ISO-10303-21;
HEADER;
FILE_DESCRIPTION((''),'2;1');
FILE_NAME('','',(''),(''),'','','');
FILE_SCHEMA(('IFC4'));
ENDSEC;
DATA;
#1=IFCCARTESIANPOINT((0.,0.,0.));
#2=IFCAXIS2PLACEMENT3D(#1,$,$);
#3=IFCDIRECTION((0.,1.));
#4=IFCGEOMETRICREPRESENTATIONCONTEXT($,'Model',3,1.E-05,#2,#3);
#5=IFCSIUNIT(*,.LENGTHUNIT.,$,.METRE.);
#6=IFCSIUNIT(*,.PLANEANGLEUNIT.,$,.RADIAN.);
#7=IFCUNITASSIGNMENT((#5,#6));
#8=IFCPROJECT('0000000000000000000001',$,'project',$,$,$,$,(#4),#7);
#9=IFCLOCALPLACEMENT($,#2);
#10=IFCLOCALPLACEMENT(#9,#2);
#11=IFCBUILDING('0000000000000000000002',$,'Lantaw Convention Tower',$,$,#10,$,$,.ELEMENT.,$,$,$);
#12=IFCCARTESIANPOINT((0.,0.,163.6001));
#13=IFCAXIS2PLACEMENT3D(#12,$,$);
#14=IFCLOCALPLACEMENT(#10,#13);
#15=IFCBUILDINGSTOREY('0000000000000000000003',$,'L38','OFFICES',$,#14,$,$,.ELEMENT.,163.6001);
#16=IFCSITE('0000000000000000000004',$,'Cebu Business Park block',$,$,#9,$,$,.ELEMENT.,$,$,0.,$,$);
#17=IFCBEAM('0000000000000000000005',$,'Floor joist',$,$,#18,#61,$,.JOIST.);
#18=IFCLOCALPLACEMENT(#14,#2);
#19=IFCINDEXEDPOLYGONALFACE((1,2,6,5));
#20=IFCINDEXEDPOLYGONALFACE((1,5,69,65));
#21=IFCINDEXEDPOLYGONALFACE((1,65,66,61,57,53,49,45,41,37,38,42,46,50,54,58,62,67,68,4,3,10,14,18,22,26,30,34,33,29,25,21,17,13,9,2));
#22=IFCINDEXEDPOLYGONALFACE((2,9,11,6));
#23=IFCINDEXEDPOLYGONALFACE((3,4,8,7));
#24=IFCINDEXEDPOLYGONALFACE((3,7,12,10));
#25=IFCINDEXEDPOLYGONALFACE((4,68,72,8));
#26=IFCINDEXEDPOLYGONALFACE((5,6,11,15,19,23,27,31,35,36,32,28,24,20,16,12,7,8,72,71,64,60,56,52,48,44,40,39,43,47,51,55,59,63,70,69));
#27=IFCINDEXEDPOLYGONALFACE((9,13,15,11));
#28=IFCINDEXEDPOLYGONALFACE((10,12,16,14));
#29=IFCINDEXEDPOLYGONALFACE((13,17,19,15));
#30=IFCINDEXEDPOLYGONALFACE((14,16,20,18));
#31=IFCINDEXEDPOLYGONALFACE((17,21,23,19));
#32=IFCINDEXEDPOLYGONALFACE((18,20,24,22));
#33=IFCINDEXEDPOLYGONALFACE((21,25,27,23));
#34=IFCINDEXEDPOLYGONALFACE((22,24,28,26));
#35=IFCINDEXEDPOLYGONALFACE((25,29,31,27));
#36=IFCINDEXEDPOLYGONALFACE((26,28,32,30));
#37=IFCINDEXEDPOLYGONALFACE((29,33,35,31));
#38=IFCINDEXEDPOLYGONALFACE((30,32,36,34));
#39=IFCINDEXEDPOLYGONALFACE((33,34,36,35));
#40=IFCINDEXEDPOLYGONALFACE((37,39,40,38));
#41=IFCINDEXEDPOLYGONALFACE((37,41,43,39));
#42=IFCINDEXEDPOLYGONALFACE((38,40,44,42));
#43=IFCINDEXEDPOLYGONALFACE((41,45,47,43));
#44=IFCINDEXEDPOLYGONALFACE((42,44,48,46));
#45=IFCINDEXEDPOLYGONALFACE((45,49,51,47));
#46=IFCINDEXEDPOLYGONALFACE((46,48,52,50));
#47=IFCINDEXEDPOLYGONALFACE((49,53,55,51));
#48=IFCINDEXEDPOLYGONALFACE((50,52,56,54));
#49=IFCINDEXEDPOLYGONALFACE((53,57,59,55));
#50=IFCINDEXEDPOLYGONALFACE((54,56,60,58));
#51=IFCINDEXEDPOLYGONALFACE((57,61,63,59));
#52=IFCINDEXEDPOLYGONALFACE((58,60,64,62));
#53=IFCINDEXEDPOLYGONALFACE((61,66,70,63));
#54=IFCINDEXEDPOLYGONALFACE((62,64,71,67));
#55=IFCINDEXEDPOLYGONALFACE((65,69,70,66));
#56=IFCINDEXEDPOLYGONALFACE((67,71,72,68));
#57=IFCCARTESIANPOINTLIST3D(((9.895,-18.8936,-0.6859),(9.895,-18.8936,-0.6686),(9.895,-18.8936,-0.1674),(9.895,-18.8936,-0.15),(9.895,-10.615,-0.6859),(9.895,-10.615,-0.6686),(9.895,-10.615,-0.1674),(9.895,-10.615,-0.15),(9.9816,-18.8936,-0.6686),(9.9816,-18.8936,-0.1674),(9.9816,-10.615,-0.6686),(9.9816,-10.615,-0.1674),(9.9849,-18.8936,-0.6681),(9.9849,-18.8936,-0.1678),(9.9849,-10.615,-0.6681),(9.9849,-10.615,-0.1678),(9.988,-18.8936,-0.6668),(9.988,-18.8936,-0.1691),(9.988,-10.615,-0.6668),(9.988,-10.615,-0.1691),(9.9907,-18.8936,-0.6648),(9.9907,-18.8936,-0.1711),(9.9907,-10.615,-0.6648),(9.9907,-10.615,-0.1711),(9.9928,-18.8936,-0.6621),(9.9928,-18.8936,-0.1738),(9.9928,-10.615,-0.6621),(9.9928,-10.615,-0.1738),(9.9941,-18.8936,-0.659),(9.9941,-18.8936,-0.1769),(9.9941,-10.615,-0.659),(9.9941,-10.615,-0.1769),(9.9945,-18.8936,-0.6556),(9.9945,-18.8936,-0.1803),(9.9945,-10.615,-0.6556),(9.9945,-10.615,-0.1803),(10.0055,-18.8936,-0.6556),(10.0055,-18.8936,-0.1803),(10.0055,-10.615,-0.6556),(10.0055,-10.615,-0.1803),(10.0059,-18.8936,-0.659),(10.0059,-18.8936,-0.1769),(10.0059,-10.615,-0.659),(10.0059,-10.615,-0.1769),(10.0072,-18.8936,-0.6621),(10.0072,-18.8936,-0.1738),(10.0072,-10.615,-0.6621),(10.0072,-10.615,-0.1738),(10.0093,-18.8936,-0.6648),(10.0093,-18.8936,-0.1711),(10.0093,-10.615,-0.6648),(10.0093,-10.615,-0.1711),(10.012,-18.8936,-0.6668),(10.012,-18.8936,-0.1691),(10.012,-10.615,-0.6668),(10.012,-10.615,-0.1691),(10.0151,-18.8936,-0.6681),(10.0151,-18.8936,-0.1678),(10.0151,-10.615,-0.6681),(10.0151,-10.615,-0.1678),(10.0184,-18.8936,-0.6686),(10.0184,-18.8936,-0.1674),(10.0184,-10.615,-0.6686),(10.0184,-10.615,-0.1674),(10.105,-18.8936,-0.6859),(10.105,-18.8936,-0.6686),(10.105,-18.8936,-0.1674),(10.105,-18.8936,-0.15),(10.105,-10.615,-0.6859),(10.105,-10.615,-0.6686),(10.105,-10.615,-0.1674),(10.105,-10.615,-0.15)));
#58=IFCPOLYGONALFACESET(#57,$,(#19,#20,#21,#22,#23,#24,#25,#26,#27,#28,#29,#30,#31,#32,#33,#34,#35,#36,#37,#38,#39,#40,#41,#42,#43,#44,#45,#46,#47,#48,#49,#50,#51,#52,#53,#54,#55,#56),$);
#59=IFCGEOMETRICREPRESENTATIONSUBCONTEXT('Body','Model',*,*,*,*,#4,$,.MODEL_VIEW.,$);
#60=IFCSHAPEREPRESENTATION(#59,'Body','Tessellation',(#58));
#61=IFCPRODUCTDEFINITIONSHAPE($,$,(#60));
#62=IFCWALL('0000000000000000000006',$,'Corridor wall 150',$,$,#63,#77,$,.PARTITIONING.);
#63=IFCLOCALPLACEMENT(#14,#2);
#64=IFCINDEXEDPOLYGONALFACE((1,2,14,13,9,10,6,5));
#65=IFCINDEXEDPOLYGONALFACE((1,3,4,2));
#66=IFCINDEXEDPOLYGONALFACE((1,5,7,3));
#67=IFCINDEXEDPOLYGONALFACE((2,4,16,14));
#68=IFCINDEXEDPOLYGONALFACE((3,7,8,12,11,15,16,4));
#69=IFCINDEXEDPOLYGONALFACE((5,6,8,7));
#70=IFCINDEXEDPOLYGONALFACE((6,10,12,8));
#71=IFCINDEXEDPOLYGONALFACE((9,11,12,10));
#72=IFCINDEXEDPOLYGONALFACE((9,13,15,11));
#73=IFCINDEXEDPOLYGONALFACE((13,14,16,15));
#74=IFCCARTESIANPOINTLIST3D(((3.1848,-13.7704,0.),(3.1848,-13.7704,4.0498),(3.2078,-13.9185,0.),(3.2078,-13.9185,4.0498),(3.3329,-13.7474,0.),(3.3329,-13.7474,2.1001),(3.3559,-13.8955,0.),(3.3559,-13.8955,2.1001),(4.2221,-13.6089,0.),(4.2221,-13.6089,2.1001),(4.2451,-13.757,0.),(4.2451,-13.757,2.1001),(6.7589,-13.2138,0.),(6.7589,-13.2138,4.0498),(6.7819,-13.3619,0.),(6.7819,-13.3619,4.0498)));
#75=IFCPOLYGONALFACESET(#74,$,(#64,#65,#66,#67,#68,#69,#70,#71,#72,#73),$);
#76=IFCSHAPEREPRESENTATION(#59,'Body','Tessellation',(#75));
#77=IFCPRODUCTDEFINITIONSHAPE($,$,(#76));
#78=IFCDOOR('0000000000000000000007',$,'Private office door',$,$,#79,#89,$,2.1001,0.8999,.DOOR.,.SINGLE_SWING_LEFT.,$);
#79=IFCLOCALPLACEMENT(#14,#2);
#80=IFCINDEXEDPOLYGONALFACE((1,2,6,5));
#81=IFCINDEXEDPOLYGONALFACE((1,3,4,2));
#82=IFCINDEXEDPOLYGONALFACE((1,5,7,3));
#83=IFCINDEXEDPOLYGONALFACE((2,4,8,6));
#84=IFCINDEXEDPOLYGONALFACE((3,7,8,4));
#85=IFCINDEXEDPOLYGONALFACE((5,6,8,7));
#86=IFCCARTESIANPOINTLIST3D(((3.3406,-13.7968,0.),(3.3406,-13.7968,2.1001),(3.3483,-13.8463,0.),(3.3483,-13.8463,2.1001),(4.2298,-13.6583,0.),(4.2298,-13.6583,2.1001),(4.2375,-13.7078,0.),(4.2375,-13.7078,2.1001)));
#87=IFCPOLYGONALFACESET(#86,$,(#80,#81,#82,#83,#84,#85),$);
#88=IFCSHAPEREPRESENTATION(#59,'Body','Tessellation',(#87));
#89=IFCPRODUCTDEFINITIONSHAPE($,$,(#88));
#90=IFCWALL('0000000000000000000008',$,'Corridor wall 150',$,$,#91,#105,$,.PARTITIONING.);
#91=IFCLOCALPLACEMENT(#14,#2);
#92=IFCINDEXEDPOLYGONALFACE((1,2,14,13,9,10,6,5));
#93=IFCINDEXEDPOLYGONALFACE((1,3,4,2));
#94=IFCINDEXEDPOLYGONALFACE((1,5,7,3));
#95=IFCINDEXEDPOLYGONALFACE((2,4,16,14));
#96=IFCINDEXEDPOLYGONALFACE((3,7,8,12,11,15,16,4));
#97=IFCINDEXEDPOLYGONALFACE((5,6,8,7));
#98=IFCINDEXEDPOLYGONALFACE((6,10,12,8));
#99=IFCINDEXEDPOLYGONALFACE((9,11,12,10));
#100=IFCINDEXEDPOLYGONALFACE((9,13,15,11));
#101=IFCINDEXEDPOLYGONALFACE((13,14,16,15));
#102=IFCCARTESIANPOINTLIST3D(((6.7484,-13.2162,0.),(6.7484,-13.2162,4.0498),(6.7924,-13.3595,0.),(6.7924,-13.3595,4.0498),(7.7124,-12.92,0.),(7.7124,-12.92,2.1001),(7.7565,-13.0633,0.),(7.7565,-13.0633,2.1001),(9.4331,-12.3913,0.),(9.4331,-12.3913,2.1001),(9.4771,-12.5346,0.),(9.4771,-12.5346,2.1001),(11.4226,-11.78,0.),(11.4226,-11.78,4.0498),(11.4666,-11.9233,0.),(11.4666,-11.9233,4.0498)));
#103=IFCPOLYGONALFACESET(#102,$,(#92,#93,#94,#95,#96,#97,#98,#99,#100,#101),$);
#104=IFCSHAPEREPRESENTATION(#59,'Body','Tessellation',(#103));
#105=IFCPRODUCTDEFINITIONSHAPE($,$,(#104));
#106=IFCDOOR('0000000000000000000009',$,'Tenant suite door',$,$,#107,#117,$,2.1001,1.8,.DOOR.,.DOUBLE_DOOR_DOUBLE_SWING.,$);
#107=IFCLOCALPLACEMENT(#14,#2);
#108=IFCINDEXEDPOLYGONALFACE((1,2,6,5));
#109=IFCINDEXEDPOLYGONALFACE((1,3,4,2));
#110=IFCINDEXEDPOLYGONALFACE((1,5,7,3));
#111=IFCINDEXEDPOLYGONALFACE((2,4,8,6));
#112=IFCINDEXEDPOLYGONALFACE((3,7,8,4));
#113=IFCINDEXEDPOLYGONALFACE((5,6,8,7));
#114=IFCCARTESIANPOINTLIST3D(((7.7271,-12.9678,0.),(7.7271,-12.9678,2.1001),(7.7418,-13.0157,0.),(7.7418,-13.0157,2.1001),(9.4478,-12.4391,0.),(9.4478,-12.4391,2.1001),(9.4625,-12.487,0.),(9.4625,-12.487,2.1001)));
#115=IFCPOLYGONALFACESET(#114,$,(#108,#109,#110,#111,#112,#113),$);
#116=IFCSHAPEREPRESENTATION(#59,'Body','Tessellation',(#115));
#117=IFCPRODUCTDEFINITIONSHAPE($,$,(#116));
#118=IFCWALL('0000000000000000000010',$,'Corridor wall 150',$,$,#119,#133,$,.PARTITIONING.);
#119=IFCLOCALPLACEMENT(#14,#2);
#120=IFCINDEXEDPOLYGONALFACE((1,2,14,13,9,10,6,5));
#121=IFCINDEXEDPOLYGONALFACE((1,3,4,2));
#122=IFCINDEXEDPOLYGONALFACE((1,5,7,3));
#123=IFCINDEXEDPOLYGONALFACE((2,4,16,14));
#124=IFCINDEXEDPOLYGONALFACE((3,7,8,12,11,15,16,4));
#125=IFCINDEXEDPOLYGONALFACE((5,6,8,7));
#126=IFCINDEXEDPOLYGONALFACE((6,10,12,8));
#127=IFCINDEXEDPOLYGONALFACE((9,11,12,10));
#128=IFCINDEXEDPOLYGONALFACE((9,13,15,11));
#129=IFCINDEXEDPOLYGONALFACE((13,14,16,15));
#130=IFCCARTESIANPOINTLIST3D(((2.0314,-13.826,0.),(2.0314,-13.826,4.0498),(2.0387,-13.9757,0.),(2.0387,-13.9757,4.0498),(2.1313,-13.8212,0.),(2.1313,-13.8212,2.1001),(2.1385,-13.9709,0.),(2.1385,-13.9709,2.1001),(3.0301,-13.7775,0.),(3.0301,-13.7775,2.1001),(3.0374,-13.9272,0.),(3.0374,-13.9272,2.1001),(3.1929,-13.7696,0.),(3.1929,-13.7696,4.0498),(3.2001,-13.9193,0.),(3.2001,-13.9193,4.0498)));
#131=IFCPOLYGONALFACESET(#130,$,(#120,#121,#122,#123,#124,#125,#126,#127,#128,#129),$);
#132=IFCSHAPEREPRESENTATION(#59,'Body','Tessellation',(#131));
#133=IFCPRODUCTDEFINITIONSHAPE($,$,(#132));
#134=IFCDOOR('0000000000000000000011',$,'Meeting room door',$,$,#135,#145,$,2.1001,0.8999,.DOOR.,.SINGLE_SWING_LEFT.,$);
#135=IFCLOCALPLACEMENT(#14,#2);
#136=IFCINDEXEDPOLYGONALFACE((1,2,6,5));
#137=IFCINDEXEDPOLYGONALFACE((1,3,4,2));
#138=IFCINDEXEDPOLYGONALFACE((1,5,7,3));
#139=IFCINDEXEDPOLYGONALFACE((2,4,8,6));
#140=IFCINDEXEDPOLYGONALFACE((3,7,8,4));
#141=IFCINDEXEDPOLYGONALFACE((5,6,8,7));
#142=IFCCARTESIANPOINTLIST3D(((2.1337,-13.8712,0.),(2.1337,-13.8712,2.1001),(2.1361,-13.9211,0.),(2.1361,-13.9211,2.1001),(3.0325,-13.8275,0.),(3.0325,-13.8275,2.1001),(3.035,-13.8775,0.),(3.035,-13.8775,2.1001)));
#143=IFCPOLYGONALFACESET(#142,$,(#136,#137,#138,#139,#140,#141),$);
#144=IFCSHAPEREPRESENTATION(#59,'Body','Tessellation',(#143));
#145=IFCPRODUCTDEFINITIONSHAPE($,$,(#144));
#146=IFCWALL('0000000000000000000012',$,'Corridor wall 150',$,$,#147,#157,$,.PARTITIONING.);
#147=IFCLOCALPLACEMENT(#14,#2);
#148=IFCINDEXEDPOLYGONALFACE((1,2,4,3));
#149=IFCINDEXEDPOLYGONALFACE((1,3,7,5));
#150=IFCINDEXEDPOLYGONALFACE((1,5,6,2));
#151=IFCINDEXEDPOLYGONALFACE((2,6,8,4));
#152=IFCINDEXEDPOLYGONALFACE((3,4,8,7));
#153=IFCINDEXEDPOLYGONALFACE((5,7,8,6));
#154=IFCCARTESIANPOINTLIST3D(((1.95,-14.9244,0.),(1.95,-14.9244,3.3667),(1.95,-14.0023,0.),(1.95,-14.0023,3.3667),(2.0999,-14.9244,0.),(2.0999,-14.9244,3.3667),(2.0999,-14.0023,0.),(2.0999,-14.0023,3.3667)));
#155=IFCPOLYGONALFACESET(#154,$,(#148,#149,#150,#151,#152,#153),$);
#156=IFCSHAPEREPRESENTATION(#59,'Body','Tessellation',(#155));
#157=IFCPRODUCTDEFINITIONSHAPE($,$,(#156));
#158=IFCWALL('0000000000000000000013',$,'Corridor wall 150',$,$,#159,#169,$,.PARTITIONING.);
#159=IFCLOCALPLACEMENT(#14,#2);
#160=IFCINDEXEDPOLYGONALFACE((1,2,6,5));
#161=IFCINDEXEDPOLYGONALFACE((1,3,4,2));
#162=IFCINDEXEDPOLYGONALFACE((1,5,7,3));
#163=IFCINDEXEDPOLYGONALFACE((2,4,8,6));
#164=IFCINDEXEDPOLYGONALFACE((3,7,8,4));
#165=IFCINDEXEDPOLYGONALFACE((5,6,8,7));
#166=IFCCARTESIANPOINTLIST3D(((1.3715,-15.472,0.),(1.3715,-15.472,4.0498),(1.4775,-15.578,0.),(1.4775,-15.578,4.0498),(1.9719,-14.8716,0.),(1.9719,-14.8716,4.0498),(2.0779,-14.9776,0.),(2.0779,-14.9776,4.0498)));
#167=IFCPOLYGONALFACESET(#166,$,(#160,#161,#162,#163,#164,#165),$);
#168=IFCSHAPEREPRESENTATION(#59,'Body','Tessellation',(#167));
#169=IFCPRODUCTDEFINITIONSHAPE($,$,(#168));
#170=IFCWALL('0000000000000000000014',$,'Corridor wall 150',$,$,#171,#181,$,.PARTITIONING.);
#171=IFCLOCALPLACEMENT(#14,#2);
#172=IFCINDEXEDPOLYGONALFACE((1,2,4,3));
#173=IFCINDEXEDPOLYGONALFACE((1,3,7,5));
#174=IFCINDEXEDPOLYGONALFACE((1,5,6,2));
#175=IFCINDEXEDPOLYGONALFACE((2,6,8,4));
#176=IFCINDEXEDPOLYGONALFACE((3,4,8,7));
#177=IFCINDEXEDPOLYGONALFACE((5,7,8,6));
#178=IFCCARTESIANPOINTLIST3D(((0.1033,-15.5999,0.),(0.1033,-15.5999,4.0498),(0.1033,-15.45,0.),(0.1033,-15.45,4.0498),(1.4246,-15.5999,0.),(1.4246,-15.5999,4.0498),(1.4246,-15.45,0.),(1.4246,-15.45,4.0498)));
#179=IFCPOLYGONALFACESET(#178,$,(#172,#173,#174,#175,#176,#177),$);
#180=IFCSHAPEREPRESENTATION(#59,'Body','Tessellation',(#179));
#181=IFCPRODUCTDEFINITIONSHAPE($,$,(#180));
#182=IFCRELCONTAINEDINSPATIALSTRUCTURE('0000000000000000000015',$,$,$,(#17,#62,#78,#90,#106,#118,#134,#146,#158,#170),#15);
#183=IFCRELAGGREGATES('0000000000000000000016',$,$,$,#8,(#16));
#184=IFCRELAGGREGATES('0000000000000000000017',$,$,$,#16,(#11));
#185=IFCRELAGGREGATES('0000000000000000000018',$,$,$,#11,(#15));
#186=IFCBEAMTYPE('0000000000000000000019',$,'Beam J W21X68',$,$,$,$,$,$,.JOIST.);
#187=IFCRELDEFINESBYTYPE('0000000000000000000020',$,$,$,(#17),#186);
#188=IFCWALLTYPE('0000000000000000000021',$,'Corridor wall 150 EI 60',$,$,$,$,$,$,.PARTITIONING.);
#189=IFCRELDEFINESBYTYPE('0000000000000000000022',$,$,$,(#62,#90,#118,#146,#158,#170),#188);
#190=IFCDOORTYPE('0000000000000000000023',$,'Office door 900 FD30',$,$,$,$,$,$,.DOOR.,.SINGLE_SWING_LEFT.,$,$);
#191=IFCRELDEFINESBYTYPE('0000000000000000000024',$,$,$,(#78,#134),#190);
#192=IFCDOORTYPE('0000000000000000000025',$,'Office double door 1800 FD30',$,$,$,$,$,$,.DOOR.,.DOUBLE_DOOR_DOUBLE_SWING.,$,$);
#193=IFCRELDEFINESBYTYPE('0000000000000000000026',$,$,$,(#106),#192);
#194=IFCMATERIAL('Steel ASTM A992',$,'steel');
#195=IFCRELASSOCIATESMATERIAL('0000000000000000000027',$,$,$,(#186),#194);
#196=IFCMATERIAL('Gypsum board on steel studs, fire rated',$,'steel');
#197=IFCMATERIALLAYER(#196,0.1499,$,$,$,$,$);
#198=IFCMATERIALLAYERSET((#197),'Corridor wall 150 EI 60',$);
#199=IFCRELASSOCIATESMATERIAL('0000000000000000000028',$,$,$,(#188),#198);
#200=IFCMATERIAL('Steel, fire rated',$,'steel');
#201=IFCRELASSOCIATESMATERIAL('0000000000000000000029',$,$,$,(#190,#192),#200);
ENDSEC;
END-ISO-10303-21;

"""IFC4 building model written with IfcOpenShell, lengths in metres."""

from ifc_helpers import new_model, si_unit, direction, frame, frame_2d, origin, origin_2d, place, context, subcontext, project, spatial, rectangle, i_section, extrude, material, layer, layer_set, material_profile, profile_set, type_object, element, fill, save


model = new_model("IFC4")

# Units and contexts
model_context = context("Model", 3, precision=1e-05, world=origin(), true_north=direction((0.0, 1.0)))
body_context = subcontext(model_context, "Body", "Model", "MODEL_VIEW")
ifc_project = project(units=[si_unit("LENGTHUNIT", "METRE"), si_unit("PLANEANGLEUNIT", "RADIAN")], contexts=[model_context])

# Site, building, storey
site_placement = place(None, origin())
site = spatial("IfcSite", under=ifc_project, at=site_placement, Name="Cebu Business Park block", CompositionType="ELEMENT", RefElevation=0.0)
building_placement = place(site_placement, origin())
building = spatial("IfcBuilding", under=site, at=building_placement, Name="Lantaw Convention Tower", CompositionType="ELEMENT")
storey_placement = place(building_placement, frame((0.0, 0.0, 163.6001)))
storey = spatial("IfcBuildingStorey", under=building, at=storey_placement, Name="L38", Description="OFFICES", CompositionType="ELEMENT", Elevation=163.6001)

# Beam
ifc_material_1 = material(Name="Steel ASTM A992", Category="steel")
ifc_material_profile_1 = material_profile(ifc_material_1, i_section(OverallWidth=0.21, OverallDepth=0.5359, WebThickness=0.011, FlangeThickness=0.0173, FilletRadius=0.0129, at=origin_2d()), Name="W21X68")
ifc_profile_set_1 = profile_set([ifc_material_profile_1], Name="Steel ASTM A992")
beam_type_1 = type_object("IfcBeamType", Name="Beam J W21X68", PredefinedType="JOIST", material=ifc_profile_set_1)
beam_1_placement = place(storey_placement, frame((10.0, -18.8936, -0.418), z_axis=(0.0, 1.0, 0.0), x_axis=(-1.0, 0.0, 0.0)))
element("IfcBeam", 1, at=beam_1_placement, inside=storey, type_object=beam_type_1, Name="Floor joist", PredefinedType="JOIST", context=body_context, shape_type="SweptSolid", body=[
    extrude(i_section(OverallWidth=0.21, OverallDepth=0.5359, WebThickness=0.011, FlangeThickness=0.0173, FilletRadius=0.0129, at=origin_2d()), origin(), (0.0, 0.0, 1.0), 8.2786),
])

# Walls, openings, doors
ifc_material_2 = material(Name="Gypsum board on steel studs, fire rated", Category="steel")
ifc_layer_1 = layer(ifc_material_2, 0.1499)
ifc_layer_set_1 = layer_set([ifc_layer_1], Name="Corridor wall 150 EI 60")
wall_type_1 = type_object("IfcWallType", Name="Corridor wall 150 EI 60", PredefinedType="PARTITIONING", material=ifc_layer_set_1)
wall_1_placement = place(storey_placement, frame((3.1963, -13.8445, 0.0), z_axis=(0.0, 0.0, 1.0), x_axis=(0.988089, 0.153883, 0.0)))
wall_1 = element("IfcWall", 2, at=wall_1_placement, inside=storey, type_object=wall_type_1, Name="Corridor wall 150", PredefinedType="PARTITIONING", context=body_context, shape_type="SweptSolid", body=[
    extrude(rectangle(XDim=3.6172, YDim=0.1499, at=frame_2d((1.8086, 0.0))), origin(), (0.0, 0.0, 1.0), 4.0498),
])
opening_1_placement = place(wall_1_placement, frame((0.1499, 0.0, 0.0)))
opening_1 = element("IfcOpeningElement", 3, at=opening_1_placement, cuts=wall_1, PredefinedType="OPENING", context=body_context, shape_type="SweptSolid", body=[
    extrude(rectangle(XDim=0.8999, YDim=2.1001, at=frame_2d((0.45, 1.05))), frame((0.0, 0.085, 0.0), z_axis=(0.0, -1.0, 0.0), x_axis=(1.0, 0.0, 0.0)), (0.0, 0.0, 1.0), 0.1699),
])
ifc_material_3 = material(Name="Steel, fire rated", Category="steel")
door_type_1 = type_object("IfcDoorType", Name="Office door 900 FD30", OperationType="SINGLE_SWING_LEFT", PredefinedType="DOOR", material=ifc_material_3)
door_1_placement = place(opening_1_placement, origin())
door_1 = element("IfcDoor", 4, at=door_1_placement, inside=storey, type_object=door_type_1, Name="Private office door", OperationType="SINGLE_SWING_LEFT", OverallHeight=2.1001, OverallWidth=0.8999, PredefinedType="DOOR", context=body_context, shape_type="SweptSolid", body=[
    extrude(rectangle(XDim=0.8999, YDim=2.1001, at=frame_2d((0.45, 1.05))), frame((0.0, 0.0249, 0.0), z_axis=(0.0, -1.0, 0.0), x_axis=(1.0, 0.0, 0.0)), (0.0, 0.0, 1.0), 0.05),
])
fill(opening_1, door_1)
wall_2_placement = place(storey_placement, frame((6.7705, -13.2878, 0.0), z_axis=(0.0, 0.0, 1.0), x_axis=(0.955892, 0.293717, 0.0)))
wall_2 = element("IfcWall", 5, at=wall_2_placement, inside=storey, type_object=wall_type_1, Name="Corridor wall 150", PredefinedType="PARTITIONING", context=body_context, shape_type="SweptSolid", body=[
    extrude(rectangle(XDim=4.8899, YDim=0.1499, at=frame_2d((2.4448, 0.0))), origin(), (0.0, 0.0, 1.0), 4.0498),
])
opening_2_placement = place(wall_2_placement, frame((1.0085, 0.0, 0.0)))
opening_2 = element("IfcOpeningElement", 6, at=opening_2_placement, cuts=wall_2, PredefinedType="OPENING", context=body_context, shape_type="SweptSolid", body=[
    extrude(rectangle(XDim=1.8, YDim=2.1001, at=frame_2d((0.8999, 1.05))), frame((0.0, 0.085, 0.0), z_axis=(0.0, -1.0, 0.0), x_axis=(1.0, 0.0, 0.0)), (0.0, 0.0, 1.0), 0.1699),
])
door_type_2 = type_object("IfcDoorType", Name="Office double door 1800 FD30", OperationType="DOUBLE_DOOR_DOUBLE_SWING", PredefinedType="DOOR", material=ifc_material_3)
door_2_placement = place(opening_2_placement, origin())
door_2 = element("IfcDoor", 7, at=door_2_placement, inside=storey, type_object=door_type_2, Name="Tenant suite door", OperationType="DOUBLE_DOOR_DOUBLE_SWING", OverallHeight=2.1001, OverallWidth=1.8, PredefinedType="DOOR", context=body_context, shape_type="SweptSolid", body=[
    extrude(rectangle(XDim=1.8, YDim=2.1001, at=frame_2d((0.8999, 1.05))), frame((0.0, 0.0249, 0.0), z_axis=(0.0, -1.0, 0.0), x_axis=(1.0, 0.0, 0.0)), (0.0, 0.0, 1.0), 0.05),
])
fill(opening_2, door_2)
wall_3_placement = place(storey_placement, frame((2.0349, -13.9009, 0.0), z_axis=(0.0, 0.0, 1.0), x_axis=(0.998823, 0.048503, 0.0)))
wall_3 = element("IfcWall", 8, at=wall_3_placement, inside=storey, type_object=wall_type_1, Name="Corridor wall 150", PredefinedType="PARTITIONING", context=body_context, shape_type="SweptSolid", body=[
    extrude(rectangle(XDim=1.1628, YDim=0.1499, at=frame_2d((0.5815, 0.0))), origin(), (0.0, 0.0, 1.0), 4.0498),
])
opening_3_placement = place(wall_3_placement, frame((0.1001, 0.0, 0.0)))
opening_3 = element("IfcOpeningElement", 9, at=opening_3_placement, cuts=wall_3, PredefinedType="OPENING", context=body_context, shape_type="SweptSolid", body=[
    extrude(rectangle(XDim=0.8999, YDim=2.1001, at=frame_2d((0.45, 1.05))), frame((0.0, 0.085, 0.0), z_axis=(0.0, -1.0, 0.0), x_axis=(1.0, 0.0, 0.0)), (0.0, 0.0, 1.0), 0.1699),
])
door_3_placement = place(opening_3_placement, origin())
door_3 = element("IfcDoor", 10, at=door_3_placement, inside=storey, type_object=door_type_1, Name="Meeting room door", OperationType="SINGLE_SWING_LEFT", OverallHeight=2.1001, OverallWidth=0.8999, PredefinedType="DOOR", context=body_context, shape_type="SweptSolid", body=[
    extrude(rectangle(XDim=0.8999, YDim=2.1001, at=frame_2d((0.45, 1.05))), frame((0.0, 0.0249, 0.0), z_axis=(0.0, -1.0, 0.0), x_axis=(1.0, 0.0, 0.0)), (0.0, 0.0, 1.0), 0.05),
])
fill(opening_3, door_3)

# Walls
wall_4_placement = place(storey_placement, frame((2.0249, -14.0024, 0.0), z_axis=(0.0, 0.0, 1.0), x_axis=(0.0, -1.0, 0.0)))
element("IfcWall", 11, at=wall_4_placement, inside=storey, type_object=wall_type_1, Name="Corridor wall 150", PredefinedType="PARTITIONING", context=body_context, shape_type="SweptSolid", body=[
    extrude(rectangle(XDim=0.9221, YDim=0.1499, at=frame_2d((0.4609, 0.0))), origin(), (0.0, 0.0, 1.0), 3.3667),
])
wall_5_placement = place(storey_placement, frame((2.0249, -14.9246, 0.0), z_axis=(0.0, 0.0, 1.0), x_axis=(-0.707107, -0.707107, 0.0)))
element("IfcWall", 12, at=wall_5_placement, inside=storey, type_object=wall_type_1, Name="Corridor wall 150", PredefinedType="PARTITIONING", context=body_context, shape_type="SweptSolid", body=[
    extrude(rectangle(XDim=0.8491, YDim=0.1499, at=frame_2d((0.4246, 0.0))), origin(), (0.0, 0.0, 1.0), 4.0498),
])
wall_6_placement = place(storey_placement, frame((1.4246, -15.5249, 0.0), z_axis=(0.0, 0.0, 1.0), x_axis=(-1.0, 0.0, 0.0)))
element("IfcWall", 13, at=wall_6_placement, inside=storey, type_object=wall_type_1, Name="Corridor wall 150", PredefinedType="PARTITIONING", context=body_context, shape_type="SweptSolid", body=[
    extrude(rectangle(XDim=1.3213, YDim=0.1499, at=frame_2d((0.6606, 0.0))), origin(), (0.0, 0.0, 1.0), 4.0498),
])

save(model, "model.ifc")
